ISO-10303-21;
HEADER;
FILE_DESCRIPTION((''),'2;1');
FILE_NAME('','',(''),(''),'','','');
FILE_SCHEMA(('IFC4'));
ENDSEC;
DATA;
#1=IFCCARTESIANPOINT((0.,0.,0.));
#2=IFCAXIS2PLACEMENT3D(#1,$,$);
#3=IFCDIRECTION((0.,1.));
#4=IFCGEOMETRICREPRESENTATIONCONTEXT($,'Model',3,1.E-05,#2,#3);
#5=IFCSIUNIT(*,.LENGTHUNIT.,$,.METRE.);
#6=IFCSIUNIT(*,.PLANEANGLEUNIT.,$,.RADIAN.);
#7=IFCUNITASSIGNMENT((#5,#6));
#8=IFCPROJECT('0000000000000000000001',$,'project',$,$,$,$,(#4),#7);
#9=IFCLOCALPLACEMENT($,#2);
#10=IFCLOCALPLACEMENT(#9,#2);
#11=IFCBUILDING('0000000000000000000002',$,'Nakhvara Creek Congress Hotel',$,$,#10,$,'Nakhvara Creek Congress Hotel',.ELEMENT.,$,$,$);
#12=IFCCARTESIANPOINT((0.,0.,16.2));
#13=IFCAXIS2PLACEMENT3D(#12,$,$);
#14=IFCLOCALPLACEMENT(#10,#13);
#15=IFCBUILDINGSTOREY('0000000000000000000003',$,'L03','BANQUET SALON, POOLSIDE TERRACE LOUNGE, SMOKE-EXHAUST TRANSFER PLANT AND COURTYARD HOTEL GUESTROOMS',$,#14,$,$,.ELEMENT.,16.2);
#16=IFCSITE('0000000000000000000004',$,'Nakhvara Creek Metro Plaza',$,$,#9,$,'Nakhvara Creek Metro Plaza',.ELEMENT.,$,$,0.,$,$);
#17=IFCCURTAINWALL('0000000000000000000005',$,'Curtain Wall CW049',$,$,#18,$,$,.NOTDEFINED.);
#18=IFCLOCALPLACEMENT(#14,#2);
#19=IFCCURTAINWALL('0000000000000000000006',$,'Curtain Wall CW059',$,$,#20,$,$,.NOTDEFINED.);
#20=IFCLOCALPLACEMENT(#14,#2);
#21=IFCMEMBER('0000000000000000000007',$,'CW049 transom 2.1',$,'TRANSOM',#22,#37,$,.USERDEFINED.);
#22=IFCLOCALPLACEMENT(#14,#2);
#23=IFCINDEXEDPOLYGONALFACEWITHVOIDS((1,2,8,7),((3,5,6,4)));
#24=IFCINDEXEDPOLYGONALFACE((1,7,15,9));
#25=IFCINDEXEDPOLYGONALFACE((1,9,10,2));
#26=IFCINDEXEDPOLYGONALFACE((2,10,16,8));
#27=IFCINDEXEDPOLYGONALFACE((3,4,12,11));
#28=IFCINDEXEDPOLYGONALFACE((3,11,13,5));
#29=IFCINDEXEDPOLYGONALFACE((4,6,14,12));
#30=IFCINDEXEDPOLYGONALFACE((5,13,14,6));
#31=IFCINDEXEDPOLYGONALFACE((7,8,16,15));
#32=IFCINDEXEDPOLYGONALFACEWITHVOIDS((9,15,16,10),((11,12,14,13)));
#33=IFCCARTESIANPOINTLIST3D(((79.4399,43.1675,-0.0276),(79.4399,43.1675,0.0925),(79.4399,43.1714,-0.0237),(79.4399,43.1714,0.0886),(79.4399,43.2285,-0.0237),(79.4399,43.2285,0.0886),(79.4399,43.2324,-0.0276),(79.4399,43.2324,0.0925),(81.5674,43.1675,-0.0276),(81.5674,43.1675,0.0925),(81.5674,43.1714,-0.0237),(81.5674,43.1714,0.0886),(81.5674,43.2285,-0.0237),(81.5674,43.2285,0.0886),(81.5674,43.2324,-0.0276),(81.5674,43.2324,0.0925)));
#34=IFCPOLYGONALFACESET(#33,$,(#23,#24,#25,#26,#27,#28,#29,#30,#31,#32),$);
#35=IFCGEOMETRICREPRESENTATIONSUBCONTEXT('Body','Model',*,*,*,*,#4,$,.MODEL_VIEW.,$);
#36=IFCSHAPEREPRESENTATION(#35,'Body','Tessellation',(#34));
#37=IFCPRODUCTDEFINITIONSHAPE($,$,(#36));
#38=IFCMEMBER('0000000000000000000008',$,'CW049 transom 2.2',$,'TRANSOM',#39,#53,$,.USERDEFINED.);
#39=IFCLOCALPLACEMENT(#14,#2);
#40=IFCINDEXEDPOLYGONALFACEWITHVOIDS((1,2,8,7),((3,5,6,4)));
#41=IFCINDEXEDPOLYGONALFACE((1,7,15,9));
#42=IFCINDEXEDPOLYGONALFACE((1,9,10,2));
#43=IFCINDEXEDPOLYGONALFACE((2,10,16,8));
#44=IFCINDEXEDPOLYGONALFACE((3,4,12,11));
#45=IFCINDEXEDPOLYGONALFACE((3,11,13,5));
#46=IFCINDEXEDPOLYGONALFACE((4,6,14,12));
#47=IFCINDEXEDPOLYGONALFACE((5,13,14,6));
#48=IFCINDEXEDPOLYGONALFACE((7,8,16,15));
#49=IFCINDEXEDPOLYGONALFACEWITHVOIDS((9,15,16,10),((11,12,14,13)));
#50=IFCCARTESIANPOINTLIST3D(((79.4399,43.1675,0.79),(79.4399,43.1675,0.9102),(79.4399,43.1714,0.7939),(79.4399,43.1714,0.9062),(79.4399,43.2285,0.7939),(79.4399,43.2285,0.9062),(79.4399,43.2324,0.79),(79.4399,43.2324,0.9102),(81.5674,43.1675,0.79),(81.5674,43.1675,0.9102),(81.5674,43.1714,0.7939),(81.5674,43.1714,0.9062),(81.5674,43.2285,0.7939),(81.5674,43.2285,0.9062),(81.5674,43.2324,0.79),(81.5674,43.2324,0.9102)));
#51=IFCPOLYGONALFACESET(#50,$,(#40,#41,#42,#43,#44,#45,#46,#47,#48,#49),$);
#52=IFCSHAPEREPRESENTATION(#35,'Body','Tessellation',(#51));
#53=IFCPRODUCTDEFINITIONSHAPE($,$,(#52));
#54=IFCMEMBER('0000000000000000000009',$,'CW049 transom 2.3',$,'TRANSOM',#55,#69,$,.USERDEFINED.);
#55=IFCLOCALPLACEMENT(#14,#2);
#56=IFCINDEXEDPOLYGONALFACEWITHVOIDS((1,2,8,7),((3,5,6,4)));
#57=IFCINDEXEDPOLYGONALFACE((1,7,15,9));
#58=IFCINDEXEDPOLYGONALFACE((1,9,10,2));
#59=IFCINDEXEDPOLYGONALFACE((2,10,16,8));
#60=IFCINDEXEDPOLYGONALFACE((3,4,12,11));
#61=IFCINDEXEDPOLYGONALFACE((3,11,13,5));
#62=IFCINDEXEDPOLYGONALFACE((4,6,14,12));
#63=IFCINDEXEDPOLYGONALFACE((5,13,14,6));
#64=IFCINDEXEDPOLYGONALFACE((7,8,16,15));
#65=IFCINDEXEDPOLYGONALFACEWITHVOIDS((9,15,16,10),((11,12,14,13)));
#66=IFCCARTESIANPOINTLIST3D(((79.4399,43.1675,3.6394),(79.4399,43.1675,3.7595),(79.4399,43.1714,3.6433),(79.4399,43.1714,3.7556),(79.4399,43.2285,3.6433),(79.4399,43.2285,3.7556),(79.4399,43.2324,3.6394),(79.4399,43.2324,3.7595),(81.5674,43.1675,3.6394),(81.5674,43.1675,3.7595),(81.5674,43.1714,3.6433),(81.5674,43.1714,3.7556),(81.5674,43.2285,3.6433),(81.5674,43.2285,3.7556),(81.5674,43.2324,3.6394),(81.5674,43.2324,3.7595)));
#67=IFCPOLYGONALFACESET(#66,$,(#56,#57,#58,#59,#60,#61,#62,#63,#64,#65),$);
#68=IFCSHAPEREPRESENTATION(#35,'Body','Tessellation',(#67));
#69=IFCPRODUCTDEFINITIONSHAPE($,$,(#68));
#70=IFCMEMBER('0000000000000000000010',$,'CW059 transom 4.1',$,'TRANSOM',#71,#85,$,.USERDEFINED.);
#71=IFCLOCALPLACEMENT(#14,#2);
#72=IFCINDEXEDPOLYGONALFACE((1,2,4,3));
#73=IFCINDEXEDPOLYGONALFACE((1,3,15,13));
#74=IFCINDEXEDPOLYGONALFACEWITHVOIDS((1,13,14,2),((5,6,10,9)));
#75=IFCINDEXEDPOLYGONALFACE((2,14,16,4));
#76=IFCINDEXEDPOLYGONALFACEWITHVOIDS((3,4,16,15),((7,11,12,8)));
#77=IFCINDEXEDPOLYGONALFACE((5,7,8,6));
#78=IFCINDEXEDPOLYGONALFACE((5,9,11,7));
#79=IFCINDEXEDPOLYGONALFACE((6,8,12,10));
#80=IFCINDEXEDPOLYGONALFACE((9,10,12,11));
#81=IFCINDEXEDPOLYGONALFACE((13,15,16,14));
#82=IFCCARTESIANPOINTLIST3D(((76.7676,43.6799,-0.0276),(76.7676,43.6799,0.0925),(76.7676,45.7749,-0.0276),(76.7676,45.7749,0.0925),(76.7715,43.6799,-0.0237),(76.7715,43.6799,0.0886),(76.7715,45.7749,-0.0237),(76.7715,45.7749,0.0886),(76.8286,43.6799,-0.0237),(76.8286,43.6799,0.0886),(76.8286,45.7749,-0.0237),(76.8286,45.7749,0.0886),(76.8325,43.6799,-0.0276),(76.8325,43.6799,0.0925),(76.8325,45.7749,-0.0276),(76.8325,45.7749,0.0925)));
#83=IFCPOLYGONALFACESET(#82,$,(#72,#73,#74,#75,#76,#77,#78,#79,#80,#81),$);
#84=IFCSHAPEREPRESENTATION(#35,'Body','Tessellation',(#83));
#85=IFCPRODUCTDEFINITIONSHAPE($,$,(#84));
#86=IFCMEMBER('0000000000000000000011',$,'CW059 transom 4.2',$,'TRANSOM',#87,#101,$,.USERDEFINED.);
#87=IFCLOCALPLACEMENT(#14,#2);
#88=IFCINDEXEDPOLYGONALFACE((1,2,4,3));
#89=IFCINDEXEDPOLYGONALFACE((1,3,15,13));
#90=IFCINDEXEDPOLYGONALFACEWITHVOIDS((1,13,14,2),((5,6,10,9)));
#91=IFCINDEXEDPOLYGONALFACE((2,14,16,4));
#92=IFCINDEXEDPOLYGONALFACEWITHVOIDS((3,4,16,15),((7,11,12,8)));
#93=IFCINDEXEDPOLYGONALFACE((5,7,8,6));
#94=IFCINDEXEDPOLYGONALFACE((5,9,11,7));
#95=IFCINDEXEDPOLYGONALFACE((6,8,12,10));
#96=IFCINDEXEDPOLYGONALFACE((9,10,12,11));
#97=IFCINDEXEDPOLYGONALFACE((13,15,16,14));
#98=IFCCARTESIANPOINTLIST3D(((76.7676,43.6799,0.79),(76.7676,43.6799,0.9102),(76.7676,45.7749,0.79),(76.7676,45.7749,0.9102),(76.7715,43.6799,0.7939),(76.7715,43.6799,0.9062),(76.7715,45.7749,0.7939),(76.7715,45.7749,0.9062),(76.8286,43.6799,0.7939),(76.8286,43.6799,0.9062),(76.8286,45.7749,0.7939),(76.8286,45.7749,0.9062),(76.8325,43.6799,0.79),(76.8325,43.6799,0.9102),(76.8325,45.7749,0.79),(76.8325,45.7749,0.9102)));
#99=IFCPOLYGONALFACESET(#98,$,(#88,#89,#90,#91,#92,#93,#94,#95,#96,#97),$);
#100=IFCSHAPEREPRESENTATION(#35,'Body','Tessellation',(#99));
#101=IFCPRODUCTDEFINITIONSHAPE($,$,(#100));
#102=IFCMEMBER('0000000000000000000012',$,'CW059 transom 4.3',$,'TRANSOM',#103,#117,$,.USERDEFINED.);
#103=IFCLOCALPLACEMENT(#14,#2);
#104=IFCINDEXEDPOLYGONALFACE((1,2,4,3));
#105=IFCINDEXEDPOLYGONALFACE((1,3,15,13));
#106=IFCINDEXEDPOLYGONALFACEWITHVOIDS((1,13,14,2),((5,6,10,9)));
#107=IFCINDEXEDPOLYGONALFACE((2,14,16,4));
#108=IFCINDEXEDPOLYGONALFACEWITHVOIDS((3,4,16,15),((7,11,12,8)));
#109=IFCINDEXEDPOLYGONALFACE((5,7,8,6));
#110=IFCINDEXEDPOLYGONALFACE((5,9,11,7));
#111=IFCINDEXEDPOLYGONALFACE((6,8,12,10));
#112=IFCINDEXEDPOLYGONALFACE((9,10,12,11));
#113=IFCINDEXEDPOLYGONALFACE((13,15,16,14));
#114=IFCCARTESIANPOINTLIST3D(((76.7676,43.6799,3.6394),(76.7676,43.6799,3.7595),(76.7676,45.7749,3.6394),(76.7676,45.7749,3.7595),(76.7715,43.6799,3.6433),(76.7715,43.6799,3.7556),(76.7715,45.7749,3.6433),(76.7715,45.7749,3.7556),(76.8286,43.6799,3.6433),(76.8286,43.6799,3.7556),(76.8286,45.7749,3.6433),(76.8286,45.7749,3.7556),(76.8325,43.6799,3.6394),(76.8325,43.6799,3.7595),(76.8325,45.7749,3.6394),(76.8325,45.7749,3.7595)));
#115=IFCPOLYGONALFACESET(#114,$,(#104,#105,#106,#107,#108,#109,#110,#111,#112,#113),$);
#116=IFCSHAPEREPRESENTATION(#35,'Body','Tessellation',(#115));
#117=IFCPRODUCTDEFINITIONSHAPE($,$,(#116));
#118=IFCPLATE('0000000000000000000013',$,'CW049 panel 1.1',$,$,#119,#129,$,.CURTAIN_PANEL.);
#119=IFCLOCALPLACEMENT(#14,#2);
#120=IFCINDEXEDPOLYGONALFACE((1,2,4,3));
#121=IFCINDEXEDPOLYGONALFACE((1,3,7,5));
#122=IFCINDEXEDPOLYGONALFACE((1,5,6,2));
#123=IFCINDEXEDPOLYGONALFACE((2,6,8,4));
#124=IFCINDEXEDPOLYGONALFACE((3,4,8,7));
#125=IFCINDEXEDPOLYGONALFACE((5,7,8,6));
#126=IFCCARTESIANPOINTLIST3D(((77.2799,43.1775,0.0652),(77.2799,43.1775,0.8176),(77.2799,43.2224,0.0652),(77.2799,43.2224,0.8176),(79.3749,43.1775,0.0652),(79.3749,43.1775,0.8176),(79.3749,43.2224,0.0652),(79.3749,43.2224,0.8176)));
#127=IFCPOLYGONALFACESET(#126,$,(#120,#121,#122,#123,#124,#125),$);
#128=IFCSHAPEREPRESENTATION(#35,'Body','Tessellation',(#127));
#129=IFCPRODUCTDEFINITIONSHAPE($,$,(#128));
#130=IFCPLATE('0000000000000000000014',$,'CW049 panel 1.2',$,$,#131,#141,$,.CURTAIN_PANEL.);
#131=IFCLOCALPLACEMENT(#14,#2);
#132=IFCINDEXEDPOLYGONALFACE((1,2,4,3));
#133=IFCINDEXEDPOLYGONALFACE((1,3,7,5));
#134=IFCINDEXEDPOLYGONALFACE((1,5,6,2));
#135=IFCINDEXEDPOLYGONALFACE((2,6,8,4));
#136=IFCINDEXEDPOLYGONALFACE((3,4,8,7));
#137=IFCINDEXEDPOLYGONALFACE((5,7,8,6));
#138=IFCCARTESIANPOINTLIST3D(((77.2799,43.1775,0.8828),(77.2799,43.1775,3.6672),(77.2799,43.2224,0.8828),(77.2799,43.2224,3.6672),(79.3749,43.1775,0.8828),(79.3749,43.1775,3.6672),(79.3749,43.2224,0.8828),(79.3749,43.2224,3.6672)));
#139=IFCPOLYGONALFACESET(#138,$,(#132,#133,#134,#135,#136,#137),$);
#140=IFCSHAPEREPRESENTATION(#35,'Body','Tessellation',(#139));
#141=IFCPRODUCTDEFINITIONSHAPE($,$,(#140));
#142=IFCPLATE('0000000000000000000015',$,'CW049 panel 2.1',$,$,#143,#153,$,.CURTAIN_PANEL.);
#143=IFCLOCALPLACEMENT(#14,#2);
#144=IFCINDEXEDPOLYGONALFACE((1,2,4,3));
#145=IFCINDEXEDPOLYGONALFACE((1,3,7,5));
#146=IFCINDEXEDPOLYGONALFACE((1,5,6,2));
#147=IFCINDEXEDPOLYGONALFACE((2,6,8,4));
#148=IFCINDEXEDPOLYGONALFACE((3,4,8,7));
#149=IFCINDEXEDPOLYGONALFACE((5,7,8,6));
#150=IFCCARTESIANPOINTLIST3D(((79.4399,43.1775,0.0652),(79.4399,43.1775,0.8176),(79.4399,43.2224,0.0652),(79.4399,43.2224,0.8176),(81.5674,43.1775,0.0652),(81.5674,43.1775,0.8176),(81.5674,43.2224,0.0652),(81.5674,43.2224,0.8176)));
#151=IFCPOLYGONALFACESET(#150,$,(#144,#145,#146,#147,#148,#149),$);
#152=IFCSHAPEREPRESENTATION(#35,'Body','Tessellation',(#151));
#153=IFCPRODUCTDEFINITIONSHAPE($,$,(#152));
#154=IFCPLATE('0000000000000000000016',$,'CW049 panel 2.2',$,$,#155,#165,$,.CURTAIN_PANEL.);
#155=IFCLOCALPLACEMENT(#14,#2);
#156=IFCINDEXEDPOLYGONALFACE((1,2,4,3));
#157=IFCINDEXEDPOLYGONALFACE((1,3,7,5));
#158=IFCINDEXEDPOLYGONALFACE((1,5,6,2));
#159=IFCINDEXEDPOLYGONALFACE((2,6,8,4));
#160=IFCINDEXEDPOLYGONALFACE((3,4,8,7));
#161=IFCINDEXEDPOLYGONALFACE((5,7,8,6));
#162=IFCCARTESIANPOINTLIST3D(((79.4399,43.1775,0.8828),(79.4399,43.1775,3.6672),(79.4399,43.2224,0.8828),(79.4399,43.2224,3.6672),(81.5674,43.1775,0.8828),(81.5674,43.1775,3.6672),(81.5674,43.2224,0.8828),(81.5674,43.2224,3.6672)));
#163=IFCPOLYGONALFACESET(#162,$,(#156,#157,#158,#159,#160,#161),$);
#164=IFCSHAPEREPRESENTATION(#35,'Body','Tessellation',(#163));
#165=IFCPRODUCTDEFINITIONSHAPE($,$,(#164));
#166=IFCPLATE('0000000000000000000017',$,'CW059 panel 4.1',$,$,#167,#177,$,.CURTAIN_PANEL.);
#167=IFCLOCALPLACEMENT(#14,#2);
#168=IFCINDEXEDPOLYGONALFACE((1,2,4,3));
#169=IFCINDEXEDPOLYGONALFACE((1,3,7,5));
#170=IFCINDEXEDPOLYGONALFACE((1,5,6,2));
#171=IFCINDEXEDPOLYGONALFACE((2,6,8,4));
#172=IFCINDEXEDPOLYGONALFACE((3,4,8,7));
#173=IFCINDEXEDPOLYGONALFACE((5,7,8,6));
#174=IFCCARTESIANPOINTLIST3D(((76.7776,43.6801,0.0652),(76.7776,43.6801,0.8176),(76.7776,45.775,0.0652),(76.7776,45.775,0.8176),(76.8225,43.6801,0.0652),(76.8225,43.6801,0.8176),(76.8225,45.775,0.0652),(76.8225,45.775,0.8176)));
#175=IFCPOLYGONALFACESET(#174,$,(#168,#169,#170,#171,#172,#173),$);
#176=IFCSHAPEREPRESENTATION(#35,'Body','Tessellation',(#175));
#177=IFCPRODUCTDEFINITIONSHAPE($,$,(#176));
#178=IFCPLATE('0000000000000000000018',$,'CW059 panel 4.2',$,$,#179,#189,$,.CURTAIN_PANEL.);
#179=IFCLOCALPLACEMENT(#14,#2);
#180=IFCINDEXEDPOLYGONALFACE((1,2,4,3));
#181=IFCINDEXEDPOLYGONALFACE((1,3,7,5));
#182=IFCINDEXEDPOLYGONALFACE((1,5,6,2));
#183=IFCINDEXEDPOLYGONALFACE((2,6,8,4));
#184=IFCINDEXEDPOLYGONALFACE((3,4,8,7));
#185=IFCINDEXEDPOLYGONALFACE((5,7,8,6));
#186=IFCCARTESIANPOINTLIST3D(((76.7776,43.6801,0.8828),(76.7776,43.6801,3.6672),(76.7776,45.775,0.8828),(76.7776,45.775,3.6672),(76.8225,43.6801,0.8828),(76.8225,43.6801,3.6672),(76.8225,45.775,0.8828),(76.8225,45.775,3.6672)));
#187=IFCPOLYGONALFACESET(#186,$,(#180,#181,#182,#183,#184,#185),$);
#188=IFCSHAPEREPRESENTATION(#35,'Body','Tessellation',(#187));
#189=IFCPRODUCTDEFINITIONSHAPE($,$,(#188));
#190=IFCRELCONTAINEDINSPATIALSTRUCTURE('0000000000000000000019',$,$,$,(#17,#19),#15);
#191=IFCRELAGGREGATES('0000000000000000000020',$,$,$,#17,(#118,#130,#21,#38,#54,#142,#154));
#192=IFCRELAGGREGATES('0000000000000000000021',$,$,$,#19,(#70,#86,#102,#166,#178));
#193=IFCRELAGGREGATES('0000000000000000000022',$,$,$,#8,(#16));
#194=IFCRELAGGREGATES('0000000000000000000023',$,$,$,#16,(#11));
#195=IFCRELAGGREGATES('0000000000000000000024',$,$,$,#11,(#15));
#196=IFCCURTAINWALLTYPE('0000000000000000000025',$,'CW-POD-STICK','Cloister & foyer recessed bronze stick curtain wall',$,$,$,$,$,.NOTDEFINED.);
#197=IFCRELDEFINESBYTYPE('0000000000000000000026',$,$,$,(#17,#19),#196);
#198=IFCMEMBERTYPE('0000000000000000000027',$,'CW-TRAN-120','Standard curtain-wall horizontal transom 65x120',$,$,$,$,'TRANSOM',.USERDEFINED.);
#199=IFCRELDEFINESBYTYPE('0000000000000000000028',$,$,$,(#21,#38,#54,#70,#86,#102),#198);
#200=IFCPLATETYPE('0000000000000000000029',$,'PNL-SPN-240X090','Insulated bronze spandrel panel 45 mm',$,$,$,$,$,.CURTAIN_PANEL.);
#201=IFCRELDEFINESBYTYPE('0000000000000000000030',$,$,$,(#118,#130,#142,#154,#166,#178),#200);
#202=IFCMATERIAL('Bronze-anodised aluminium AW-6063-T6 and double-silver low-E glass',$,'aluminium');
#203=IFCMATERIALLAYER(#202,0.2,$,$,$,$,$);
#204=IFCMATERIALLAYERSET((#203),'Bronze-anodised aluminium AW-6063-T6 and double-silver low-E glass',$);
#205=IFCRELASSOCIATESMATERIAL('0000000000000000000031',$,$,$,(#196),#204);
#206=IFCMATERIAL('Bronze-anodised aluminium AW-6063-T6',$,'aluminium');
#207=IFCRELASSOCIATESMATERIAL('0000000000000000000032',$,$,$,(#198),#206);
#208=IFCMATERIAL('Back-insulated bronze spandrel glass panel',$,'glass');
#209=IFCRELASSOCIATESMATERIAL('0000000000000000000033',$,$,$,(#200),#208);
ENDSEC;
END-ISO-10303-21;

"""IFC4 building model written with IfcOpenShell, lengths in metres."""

from ifc_helpers import new_model, si_unit, direction, frame, origin, origin_2d, place, context, subcontext, project, spatial, rectangle, hollow_rectangle, extrude, material, layer, layer_set, material_profile, profile_set, type_object, element, aggregate, save


model = new_model("IFC4")

# Units and contexts
model_context = context("Model", 3, precision=1e-05, world=origin(), true_north=direction((0.0, 1.0)))
body_context = subcontext(model_context, "Body", "Model", "MODEL_VIEW")
ifc_project = project(units=[si_unit("LENGTHUNIT", "METRE"), si_unit("PLANEANGLEUNIT", "RADIAN")], contexts=[model_context])

# Site, building, storey
site_placement = place(None, origin())
site = spatial("IfcSite", under=ifc_project, at=site_placement, Name="Nakhvara Creek Metro Plaza", LongName="Nakhvara Creek Metro Plaza", CompositionType="ELEMENT", RefElevation=0.0)
building_placement = place(site_placement, origin())
building = spatial("IfcBuilding", under=site, at=building_placement, Name="Nakhvara Creek Congress Hotel", LongName="Nakhvara Creek Congress Hotel", CompositionType="ELEMENT")
storey_placement = place(building_placement, frame((0.0, 0.0, 16.2)))
storey = spatial("IfcBuildingStorey", under=building, at=storey_placement, Name="L03", Description="BANQUET SALON, POOLSIDE TERRACE LOUNGE, SMOKE-EXHAUST TRANSFER PLANT AND COURTYARD HOTEL GUESTROOMS", CompositionType="ELEMENT", Elevation=16.2)

# Curtain wall
ifc_material_1 = material(Name="Bronze-anodised aluminium AW-6063-T6 and double-silver low-E glass", Category="aluminium")
ifc_layer = layer(ifc_material_1, 0.2)
ifc_layer_set = layer_set([ifc_layer], Name="Bronze-anodised aluminium AW-6063-T6 and double-silver low-E glass")
curtain_wall_type = type_object("IfcCurtainWallType", Name="CW-POD-STICK", Description="Cloister & foyer recessed bronze stick curtain wall", PredefinedType="NOTDEFINED", material=ifc_layer_set)
curtain_wall_1_placement = place(storey_placement, origin())
curtain_wall_1 = element("IfcCurtainWall", 1, at=curtain_wall_1_placement, inside=storey, type_object=curtain_wall_type, Name="Curtain Wall CW049", PredefinedType="NOTDEFINED")
ifc_material_2 = material(Name="Bronze-anodised aluminium AW-6063-T6", Category="aluminium")

# Curtain wall
curtain_wall_2_placement = place(storey_placement, origin())
curtain_wall_2 = element("IfcCurtainWall", 2, at=curtain_wall_2_placement, inside=storey, type_object=curtain_wall_type, Name="Curtain Wall CW059", PredefinedType="NOTDEFINED")

# Members
ifc_material_profile_1 = material_profile(ifc_material_2, hollow_rectangle(XDim=0.0649, YDim=0.1201, WallThickness=0.0039, at=origin_2d()), Name="ALU-TRAN 65x120x4", Category="LoadBearing")
ifc_profile_set_1 = profile_set([ifc_material_profile_1], Name="Bronze-anodised aluminium AW-6063-T6")
member_type_1 = type_object("IfcMemberType", Name="CW-TRAN-120", Description="Standard curtain-wall horizontal transom 65x120", ElementType="TRANSOM", PredefinedType="USERDEFINED", material=ifc_profile_set_1)
member_1_placement = place(storey_placement, frame((79.4399, 43.2, 0.0325), z_axis=(1.0, 0.0, 0.0), x_axis=(0.0, 1.0, 0.0)))
member_1 = element("IfcMember", 3, at=member_1_placement, type_object=member_type_1, Name="CW049 transom 2.1", ObjectType="TRANSOM", PredefinedType="USERDEFINED", context=body_context, shape_type="SweptSolid", body=[
    extrude(hollow_rectangle(XDim=0.0649, YDim=0.1201, WallThickness=0.0039, at=origin_2d()), origin(), (0.0, 0.0, 1.0), 2.1274),
])
member_2_placement = place(storey_placement, frame((79.4399, 43.2, 0.8501), z_axis=(1.0, 0.0, 0.0), x_axis=(0.0, 1.0, 0.0)))
member_2 = element("IfcMember", 4, at=member_2_placement, type_object=member_type_1, Name="CW049 transom 2.2", ObjectType="TRANSOM", PredefinedType="USERDEFINED", context=body_context, shape_type="SweptSolid", body=[
    extrude(hollow_rectangle(XDim=0.0649, YDim=0.1201, WallThickness=0.0039, at=origin_2d()), origin(), (0.0, 0.0, 1.0), 2.1274),
])
member_3_placement = place(storey_placement, frame((79.4399, 43.2, 3.6995), z_axis=(1.0, 0.0, 0.0), x_axis=(0.0, 1.0, 0.0)))
member_3 = element("IfcMember", 5, at=member_3_placement, type_object=member_type_1, Name="CW049 transom 2.3", ObjectType="TRANSOM", PredefinedType="USERDEFINED", context=body_context, shape_type="SweptSolid", body=[
    extrude(hollow_rectangle(XDim=0.0649, YDim=0.1201, WallThickness=0.0039, at=origin_2d()), origin(), (0.0, 0.0, 1.0), 2.1274),
])
member_4_placement = place(storey_placement, frame((76.8, 45.7749, 0.0325), z_axis=(0.0, -1.0, 0.0), x_axis=(1.0, 0.0, 0.0)))
member_4 = element("IfcMember", 6, at=member_4_placement, type_object=member_type_1, Name="CW059 transom 4.1", ObjectType="TRANSOM", PredefinedType="USERDEFINED", context=body_context, shape_type="SweptSolid", body=[
    extrude(hollow_rectangle(XDim=0.0649, YDim=0.1201, WallThickness=0.0039, at=origin_2d()), origin(), (0.0, 0.0, 1.0), 2.095),
])
member_5_placement = place(storey_placement, frame((76.8, 45.7749, 0.8501), z_axis=(0.0, -1.0, 0.0), x_axis=(1.0, 0.0, 0.0)))
member_5 = element("IfcMember", 7, at=member_5_placement, type_object=member_type_1, Name="CW059 transom 4.2", ObjectType="TRANSOM", PredefinedType="USERDEFINED", context=body_context, shape_type="SweptSolid", body=[
    extrude(hollow_rectangle(XDim=0.0649, YDim=0.1201, WallThickness=0.0039, at=origin_2d()), origin(), (0.0, 0.0, 1.0), 2.095),
])
member_6_placement = place(storey_placement, frame((76.8, 45.7749, 3.6995), z_axis=(0.0, -1.0, 0.0), x_axis=(1.0, 0.0, 0.0)))
member_6 = element("IfcMember", 8, at=member_6_placement, type_object=member_type_1, Name="CW059 transom 4.3", ObjectType="TRANSOM", PredefinedType="USERDEFINED", context=body_context, shape_type="SweptSolid", body=[
    extrude(hollow_rectangle(XDim=0.0649, YDim=0.1201, WallThickness=0.0039, at=origin_2d()), origin(), (0.0, 0.0, 1.0), 2.095),
])

# Plates
ifc_material_3 = material(Name="Back-insulated bronze spandrel glass panel", Category="glass")
plate_type = type_object("IfcPlateType", Name="PNL-SPN-240X090", Description="Insulated bronze spandrel panel 45 mm", PredefinedType="CURTAIN_PANEL", material=ifc_material_3)
plate_1_placement = place(storey_placement, frame((78.3274, 43.2, 0.0652), z_axis=(0.0, 0.0, 1.0), x_axis=(1.0, 0.0, 0.0)))
plate_1 = element("IfcPlate", 9, at=plate_1_placement, type_object=plate_type, Name="CW049 panel 1.1", PredefinedType="CURTAIN_PANEL", context=body_context, shape_type="SweptSolid", body=[
    extrude(rectangle(XDim=2.095, YDim=0.0449, at=origin_2d()), origin(), (0.0, 0.0, 1.0), 0.7524),
])
plate_2_placement = place(storey_placement, frame((78.3274, 43.2, 0.8828), z_axis=(0.0, 0.0, 1.0), x_axis=(1.0, 0.0, 0.0)))
plate_2 = element("IfcPlate", 10, at=plate_2_placement, type_object=plate_type, Name="CW049 panel 1.2", PredefinedType="CURTAIN_PANEL", context=body_context, shape_type="SweptSolid", body=[
    extrude(rectangle(XDim=2.095, YDim=0.0449, at=origin_2d()), origin(), (0.0, 0.0, 1.0), 2.7844),
])
plate_3_placement = place(storey_placement, frame((80.5037, 43.2, 0.0652), z_axis=(0.0, 0.0, 1.0), x_axis=(1.0, 0.0, 0.0)))
plate_3 = element("IfcPlate", 11, at=plate_3_placement, type_object=plate_type, Name="CW049 panel 2.1", PredefinedType="CURTAIN_PANEL", context=body_context, shape_type="SweptSolid", body=[
    extrude(rectangle(XDim=2.1274, YDim=0.0449, at=origin_2d()), origin(), (0.0, 0.0, 1.0), 0.7524),
])
plate_4_placement = place(storey_placement, frame((80.5037, 43.2, 0.8828), z_axis=(0.0, 0.0, 1.0), x_axis=(1.0, 0.0, 0.0)))
plate_4 = element("IfcPlate", 12, at=plate_4_placement, type_object=plate_type, Name="CW049 panel 2.2", PredefinedType="CURTAIN_PANEL", context=body_context, shape_type="SweptSolid", body=[
    extrude(rectangle(XDim=2.1274, YDim=0.0449, at=origin_2d()), origin(), (0.0, 0.0, 1.0), 2.7844),
])
aggregate(curtain_wall_1, [plate_1, plate_2, member_1, member_2, member_3, plate_3, plate_4])
plate_5_placement = place(storey_placement, frame((76.8, 44.7275, 0.0652), z_axis=(0.0, 0.0, 1.0), x_axis=(0.0, -1.0, 0.0)))
plate_5 = element("IfcPlate", 13, at=plate_5_placement, type_object=plate_type, Name="CW059 panel 4.1", PredefinedType="CURTAIN_PANEL", context=body_context, shape_type="SweptSolid", body=[
    extrude(rectangle(XDim=2.095, YDim=0.0449, at=origin_2d()), origin(), (0.0, 0.0, 1.0), 0.7524),
])
plate_6_placement = place(storey_placement, frame((76.8, 44.7275, 0.8828), z_axis=(0.0, 0.0, 1.0), x_axis=(0.0, -1.0, 0.0)))
plate_6 = element("IfcPlate", 14, at=plate_6_placement, type_object=plate_type, Name="CW059 panel 4.2", PredefinedType="CURTAIN_PANEL", context=body_context, shape_type="SweptSolid", body=[
    extrude(rectangle(XDim=2.095, YDim=0.0449, at=origin_2d()), origin(), (0.0, 0.0, 1.0), 2.7844),
])
aggregate(curtain_wall_2, [member_4, member_5, member_6, plate_5, plate_6])

save(model, "model.ifc")
